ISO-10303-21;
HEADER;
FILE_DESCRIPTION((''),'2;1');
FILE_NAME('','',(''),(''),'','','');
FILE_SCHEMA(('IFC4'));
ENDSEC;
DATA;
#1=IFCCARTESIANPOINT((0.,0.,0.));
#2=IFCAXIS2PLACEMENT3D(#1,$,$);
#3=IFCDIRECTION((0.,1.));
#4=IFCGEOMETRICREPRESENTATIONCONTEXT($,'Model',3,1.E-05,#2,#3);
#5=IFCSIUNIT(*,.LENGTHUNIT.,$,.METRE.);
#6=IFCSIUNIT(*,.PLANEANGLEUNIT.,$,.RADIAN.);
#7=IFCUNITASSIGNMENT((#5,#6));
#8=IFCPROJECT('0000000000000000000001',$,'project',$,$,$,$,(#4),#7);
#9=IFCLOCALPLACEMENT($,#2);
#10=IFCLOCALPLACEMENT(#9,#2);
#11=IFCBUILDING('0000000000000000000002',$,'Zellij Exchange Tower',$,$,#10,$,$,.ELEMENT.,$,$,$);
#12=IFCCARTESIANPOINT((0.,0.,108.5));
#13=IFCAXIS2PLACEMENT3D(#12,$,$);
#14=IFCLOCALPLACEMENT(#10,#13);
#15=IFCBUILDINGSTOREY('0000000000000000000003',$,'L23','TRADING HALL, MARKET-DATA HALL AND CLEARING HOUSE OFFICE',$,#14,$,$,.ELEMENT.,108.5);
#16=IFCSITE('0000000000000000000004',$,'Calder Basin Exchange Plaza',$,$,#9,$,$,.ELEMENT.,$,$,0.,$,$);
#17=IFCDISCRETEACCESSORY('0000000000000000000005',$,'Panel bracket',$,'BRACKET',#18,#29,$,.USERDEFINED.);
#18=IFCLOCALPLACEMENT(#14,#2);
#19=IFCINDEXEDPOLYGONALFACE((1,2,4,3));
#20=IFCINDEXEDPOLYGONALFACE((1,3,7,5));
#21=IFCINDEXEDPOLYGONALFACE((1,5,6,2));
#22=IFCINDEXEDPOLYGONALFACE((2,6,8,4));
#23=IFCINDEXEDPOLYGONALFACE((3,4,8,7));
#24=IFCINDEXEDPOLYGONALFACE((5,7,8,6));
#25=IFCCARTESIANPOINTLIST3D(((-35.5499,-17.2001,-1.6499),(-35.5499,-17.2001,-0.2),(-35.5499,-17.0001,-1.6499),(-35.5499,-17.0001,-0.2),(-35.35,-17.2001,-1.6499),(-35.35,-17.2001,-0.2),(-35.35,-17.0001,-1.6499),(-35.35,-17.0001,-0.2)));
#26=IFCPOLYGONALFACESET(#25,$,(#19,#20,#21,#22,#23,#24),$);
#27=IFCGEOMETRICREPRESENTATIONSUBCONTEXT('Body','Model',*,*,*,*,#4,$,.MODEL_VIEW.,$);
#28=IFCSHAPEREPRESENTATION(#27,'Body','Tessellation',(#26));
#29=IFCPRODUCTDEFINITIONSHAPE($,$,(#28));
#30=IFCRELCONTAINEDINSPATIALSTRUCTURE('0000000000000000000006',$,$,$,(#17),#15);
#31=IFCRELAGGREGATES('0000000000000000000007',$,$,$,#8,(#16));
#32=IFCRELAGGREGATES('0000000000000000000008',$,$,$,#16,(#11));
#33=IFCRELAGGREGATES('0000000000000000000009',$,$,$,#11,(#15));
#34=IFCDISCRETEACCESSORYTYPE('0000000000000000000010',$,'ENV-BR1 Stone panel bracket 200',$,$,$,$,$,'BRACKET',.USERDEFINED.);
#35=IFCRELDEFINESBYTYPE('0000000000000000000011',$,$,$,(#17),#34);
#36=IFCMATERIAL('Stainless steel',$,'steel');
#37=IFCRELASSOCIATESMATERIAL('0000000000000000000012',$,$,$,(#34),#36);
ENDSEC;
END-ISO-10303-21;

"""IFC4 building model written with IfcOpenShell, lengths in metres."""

from ifc_helpers import new_model, si_unit, direction, frame, origin, origin_2d, place, context, subcontext, project, spatial, rectangle, extrude, material, type_object, element, save


model = new_model("IFC4")

# Units and contexts
model_context = context("Model", 3, precision=1e-05, world=origin(), true_north=direction((0.0, 1.0)))
body_context = subcontext(model_context, "Body", "Model", "MODEL_VIEW")
ifc_project = project(units=[si_unit("LENGTHUNIT", "METRE"), si_unit("PLANEANGLEUNIT", "RADIAN")], contexts=[model_context])

# Site, building, storey
site_placement = place(None, origin())
site = spatial("IfcSite", under=ifc_project, at=site_placement, Name="Calder Basin Exchange Plaza", CompositionType="ELEMENT", RefElevation=0.0)
building_placement = place(site_placement, origin())
building = spatial("IfcBuilding", under=site, at=building_placement, Name="Zellij Exchange Tower", CompositionType="ELEMENT")
storey_placement = place(building_placement, frame((0.0, 0.0, 108.5)))
storey = spatial("IfcBuildingStorey", under=building, at=storey_placement, Name="L23", Description="TRADING HALL, MARKET-DATA HALL AND CLEARING HOUSE OFFICE", CompositionType="ELEMENT", Elevation=108.5)

# Discrete accessory
ifc_material_1 = material(Name="Stainless steel", Category="steel")
discrete_accessory_type = type_object("IfcDiscreteAccessoryType", Name="ENV-BR1 Stone panel bracket 200", ElementType="BRACKET", PredefinedType="USERDEFINED", material=ifc_material_1)
for number, where, z_axis, x_axis, name in (
    (1, (-35.45, -17.1001, -1.6499), (0.0, 0.0, 1.0), (1.0, 0.0, 0.0), "Panel bracket"),
):
    element("IfcDiscreteAccessory", number, at=place(storey_placement, frame(where, z_axis=z_axis, x_axis=x_axis)), inside=storey, type_object=discrete_accessory_type, Name=name, ObjectType="BRACKET", PredefinedType="USERDEFINED", context=body_context, shape_type="SweptSolid", body=[
        extrude(rectangle(XDim=0.2, YDim=0.2, at=origin_2d()), origin(), (0.0, 0.0, 1.0), 1.45),
    ])

save(model, "model.ifc")
